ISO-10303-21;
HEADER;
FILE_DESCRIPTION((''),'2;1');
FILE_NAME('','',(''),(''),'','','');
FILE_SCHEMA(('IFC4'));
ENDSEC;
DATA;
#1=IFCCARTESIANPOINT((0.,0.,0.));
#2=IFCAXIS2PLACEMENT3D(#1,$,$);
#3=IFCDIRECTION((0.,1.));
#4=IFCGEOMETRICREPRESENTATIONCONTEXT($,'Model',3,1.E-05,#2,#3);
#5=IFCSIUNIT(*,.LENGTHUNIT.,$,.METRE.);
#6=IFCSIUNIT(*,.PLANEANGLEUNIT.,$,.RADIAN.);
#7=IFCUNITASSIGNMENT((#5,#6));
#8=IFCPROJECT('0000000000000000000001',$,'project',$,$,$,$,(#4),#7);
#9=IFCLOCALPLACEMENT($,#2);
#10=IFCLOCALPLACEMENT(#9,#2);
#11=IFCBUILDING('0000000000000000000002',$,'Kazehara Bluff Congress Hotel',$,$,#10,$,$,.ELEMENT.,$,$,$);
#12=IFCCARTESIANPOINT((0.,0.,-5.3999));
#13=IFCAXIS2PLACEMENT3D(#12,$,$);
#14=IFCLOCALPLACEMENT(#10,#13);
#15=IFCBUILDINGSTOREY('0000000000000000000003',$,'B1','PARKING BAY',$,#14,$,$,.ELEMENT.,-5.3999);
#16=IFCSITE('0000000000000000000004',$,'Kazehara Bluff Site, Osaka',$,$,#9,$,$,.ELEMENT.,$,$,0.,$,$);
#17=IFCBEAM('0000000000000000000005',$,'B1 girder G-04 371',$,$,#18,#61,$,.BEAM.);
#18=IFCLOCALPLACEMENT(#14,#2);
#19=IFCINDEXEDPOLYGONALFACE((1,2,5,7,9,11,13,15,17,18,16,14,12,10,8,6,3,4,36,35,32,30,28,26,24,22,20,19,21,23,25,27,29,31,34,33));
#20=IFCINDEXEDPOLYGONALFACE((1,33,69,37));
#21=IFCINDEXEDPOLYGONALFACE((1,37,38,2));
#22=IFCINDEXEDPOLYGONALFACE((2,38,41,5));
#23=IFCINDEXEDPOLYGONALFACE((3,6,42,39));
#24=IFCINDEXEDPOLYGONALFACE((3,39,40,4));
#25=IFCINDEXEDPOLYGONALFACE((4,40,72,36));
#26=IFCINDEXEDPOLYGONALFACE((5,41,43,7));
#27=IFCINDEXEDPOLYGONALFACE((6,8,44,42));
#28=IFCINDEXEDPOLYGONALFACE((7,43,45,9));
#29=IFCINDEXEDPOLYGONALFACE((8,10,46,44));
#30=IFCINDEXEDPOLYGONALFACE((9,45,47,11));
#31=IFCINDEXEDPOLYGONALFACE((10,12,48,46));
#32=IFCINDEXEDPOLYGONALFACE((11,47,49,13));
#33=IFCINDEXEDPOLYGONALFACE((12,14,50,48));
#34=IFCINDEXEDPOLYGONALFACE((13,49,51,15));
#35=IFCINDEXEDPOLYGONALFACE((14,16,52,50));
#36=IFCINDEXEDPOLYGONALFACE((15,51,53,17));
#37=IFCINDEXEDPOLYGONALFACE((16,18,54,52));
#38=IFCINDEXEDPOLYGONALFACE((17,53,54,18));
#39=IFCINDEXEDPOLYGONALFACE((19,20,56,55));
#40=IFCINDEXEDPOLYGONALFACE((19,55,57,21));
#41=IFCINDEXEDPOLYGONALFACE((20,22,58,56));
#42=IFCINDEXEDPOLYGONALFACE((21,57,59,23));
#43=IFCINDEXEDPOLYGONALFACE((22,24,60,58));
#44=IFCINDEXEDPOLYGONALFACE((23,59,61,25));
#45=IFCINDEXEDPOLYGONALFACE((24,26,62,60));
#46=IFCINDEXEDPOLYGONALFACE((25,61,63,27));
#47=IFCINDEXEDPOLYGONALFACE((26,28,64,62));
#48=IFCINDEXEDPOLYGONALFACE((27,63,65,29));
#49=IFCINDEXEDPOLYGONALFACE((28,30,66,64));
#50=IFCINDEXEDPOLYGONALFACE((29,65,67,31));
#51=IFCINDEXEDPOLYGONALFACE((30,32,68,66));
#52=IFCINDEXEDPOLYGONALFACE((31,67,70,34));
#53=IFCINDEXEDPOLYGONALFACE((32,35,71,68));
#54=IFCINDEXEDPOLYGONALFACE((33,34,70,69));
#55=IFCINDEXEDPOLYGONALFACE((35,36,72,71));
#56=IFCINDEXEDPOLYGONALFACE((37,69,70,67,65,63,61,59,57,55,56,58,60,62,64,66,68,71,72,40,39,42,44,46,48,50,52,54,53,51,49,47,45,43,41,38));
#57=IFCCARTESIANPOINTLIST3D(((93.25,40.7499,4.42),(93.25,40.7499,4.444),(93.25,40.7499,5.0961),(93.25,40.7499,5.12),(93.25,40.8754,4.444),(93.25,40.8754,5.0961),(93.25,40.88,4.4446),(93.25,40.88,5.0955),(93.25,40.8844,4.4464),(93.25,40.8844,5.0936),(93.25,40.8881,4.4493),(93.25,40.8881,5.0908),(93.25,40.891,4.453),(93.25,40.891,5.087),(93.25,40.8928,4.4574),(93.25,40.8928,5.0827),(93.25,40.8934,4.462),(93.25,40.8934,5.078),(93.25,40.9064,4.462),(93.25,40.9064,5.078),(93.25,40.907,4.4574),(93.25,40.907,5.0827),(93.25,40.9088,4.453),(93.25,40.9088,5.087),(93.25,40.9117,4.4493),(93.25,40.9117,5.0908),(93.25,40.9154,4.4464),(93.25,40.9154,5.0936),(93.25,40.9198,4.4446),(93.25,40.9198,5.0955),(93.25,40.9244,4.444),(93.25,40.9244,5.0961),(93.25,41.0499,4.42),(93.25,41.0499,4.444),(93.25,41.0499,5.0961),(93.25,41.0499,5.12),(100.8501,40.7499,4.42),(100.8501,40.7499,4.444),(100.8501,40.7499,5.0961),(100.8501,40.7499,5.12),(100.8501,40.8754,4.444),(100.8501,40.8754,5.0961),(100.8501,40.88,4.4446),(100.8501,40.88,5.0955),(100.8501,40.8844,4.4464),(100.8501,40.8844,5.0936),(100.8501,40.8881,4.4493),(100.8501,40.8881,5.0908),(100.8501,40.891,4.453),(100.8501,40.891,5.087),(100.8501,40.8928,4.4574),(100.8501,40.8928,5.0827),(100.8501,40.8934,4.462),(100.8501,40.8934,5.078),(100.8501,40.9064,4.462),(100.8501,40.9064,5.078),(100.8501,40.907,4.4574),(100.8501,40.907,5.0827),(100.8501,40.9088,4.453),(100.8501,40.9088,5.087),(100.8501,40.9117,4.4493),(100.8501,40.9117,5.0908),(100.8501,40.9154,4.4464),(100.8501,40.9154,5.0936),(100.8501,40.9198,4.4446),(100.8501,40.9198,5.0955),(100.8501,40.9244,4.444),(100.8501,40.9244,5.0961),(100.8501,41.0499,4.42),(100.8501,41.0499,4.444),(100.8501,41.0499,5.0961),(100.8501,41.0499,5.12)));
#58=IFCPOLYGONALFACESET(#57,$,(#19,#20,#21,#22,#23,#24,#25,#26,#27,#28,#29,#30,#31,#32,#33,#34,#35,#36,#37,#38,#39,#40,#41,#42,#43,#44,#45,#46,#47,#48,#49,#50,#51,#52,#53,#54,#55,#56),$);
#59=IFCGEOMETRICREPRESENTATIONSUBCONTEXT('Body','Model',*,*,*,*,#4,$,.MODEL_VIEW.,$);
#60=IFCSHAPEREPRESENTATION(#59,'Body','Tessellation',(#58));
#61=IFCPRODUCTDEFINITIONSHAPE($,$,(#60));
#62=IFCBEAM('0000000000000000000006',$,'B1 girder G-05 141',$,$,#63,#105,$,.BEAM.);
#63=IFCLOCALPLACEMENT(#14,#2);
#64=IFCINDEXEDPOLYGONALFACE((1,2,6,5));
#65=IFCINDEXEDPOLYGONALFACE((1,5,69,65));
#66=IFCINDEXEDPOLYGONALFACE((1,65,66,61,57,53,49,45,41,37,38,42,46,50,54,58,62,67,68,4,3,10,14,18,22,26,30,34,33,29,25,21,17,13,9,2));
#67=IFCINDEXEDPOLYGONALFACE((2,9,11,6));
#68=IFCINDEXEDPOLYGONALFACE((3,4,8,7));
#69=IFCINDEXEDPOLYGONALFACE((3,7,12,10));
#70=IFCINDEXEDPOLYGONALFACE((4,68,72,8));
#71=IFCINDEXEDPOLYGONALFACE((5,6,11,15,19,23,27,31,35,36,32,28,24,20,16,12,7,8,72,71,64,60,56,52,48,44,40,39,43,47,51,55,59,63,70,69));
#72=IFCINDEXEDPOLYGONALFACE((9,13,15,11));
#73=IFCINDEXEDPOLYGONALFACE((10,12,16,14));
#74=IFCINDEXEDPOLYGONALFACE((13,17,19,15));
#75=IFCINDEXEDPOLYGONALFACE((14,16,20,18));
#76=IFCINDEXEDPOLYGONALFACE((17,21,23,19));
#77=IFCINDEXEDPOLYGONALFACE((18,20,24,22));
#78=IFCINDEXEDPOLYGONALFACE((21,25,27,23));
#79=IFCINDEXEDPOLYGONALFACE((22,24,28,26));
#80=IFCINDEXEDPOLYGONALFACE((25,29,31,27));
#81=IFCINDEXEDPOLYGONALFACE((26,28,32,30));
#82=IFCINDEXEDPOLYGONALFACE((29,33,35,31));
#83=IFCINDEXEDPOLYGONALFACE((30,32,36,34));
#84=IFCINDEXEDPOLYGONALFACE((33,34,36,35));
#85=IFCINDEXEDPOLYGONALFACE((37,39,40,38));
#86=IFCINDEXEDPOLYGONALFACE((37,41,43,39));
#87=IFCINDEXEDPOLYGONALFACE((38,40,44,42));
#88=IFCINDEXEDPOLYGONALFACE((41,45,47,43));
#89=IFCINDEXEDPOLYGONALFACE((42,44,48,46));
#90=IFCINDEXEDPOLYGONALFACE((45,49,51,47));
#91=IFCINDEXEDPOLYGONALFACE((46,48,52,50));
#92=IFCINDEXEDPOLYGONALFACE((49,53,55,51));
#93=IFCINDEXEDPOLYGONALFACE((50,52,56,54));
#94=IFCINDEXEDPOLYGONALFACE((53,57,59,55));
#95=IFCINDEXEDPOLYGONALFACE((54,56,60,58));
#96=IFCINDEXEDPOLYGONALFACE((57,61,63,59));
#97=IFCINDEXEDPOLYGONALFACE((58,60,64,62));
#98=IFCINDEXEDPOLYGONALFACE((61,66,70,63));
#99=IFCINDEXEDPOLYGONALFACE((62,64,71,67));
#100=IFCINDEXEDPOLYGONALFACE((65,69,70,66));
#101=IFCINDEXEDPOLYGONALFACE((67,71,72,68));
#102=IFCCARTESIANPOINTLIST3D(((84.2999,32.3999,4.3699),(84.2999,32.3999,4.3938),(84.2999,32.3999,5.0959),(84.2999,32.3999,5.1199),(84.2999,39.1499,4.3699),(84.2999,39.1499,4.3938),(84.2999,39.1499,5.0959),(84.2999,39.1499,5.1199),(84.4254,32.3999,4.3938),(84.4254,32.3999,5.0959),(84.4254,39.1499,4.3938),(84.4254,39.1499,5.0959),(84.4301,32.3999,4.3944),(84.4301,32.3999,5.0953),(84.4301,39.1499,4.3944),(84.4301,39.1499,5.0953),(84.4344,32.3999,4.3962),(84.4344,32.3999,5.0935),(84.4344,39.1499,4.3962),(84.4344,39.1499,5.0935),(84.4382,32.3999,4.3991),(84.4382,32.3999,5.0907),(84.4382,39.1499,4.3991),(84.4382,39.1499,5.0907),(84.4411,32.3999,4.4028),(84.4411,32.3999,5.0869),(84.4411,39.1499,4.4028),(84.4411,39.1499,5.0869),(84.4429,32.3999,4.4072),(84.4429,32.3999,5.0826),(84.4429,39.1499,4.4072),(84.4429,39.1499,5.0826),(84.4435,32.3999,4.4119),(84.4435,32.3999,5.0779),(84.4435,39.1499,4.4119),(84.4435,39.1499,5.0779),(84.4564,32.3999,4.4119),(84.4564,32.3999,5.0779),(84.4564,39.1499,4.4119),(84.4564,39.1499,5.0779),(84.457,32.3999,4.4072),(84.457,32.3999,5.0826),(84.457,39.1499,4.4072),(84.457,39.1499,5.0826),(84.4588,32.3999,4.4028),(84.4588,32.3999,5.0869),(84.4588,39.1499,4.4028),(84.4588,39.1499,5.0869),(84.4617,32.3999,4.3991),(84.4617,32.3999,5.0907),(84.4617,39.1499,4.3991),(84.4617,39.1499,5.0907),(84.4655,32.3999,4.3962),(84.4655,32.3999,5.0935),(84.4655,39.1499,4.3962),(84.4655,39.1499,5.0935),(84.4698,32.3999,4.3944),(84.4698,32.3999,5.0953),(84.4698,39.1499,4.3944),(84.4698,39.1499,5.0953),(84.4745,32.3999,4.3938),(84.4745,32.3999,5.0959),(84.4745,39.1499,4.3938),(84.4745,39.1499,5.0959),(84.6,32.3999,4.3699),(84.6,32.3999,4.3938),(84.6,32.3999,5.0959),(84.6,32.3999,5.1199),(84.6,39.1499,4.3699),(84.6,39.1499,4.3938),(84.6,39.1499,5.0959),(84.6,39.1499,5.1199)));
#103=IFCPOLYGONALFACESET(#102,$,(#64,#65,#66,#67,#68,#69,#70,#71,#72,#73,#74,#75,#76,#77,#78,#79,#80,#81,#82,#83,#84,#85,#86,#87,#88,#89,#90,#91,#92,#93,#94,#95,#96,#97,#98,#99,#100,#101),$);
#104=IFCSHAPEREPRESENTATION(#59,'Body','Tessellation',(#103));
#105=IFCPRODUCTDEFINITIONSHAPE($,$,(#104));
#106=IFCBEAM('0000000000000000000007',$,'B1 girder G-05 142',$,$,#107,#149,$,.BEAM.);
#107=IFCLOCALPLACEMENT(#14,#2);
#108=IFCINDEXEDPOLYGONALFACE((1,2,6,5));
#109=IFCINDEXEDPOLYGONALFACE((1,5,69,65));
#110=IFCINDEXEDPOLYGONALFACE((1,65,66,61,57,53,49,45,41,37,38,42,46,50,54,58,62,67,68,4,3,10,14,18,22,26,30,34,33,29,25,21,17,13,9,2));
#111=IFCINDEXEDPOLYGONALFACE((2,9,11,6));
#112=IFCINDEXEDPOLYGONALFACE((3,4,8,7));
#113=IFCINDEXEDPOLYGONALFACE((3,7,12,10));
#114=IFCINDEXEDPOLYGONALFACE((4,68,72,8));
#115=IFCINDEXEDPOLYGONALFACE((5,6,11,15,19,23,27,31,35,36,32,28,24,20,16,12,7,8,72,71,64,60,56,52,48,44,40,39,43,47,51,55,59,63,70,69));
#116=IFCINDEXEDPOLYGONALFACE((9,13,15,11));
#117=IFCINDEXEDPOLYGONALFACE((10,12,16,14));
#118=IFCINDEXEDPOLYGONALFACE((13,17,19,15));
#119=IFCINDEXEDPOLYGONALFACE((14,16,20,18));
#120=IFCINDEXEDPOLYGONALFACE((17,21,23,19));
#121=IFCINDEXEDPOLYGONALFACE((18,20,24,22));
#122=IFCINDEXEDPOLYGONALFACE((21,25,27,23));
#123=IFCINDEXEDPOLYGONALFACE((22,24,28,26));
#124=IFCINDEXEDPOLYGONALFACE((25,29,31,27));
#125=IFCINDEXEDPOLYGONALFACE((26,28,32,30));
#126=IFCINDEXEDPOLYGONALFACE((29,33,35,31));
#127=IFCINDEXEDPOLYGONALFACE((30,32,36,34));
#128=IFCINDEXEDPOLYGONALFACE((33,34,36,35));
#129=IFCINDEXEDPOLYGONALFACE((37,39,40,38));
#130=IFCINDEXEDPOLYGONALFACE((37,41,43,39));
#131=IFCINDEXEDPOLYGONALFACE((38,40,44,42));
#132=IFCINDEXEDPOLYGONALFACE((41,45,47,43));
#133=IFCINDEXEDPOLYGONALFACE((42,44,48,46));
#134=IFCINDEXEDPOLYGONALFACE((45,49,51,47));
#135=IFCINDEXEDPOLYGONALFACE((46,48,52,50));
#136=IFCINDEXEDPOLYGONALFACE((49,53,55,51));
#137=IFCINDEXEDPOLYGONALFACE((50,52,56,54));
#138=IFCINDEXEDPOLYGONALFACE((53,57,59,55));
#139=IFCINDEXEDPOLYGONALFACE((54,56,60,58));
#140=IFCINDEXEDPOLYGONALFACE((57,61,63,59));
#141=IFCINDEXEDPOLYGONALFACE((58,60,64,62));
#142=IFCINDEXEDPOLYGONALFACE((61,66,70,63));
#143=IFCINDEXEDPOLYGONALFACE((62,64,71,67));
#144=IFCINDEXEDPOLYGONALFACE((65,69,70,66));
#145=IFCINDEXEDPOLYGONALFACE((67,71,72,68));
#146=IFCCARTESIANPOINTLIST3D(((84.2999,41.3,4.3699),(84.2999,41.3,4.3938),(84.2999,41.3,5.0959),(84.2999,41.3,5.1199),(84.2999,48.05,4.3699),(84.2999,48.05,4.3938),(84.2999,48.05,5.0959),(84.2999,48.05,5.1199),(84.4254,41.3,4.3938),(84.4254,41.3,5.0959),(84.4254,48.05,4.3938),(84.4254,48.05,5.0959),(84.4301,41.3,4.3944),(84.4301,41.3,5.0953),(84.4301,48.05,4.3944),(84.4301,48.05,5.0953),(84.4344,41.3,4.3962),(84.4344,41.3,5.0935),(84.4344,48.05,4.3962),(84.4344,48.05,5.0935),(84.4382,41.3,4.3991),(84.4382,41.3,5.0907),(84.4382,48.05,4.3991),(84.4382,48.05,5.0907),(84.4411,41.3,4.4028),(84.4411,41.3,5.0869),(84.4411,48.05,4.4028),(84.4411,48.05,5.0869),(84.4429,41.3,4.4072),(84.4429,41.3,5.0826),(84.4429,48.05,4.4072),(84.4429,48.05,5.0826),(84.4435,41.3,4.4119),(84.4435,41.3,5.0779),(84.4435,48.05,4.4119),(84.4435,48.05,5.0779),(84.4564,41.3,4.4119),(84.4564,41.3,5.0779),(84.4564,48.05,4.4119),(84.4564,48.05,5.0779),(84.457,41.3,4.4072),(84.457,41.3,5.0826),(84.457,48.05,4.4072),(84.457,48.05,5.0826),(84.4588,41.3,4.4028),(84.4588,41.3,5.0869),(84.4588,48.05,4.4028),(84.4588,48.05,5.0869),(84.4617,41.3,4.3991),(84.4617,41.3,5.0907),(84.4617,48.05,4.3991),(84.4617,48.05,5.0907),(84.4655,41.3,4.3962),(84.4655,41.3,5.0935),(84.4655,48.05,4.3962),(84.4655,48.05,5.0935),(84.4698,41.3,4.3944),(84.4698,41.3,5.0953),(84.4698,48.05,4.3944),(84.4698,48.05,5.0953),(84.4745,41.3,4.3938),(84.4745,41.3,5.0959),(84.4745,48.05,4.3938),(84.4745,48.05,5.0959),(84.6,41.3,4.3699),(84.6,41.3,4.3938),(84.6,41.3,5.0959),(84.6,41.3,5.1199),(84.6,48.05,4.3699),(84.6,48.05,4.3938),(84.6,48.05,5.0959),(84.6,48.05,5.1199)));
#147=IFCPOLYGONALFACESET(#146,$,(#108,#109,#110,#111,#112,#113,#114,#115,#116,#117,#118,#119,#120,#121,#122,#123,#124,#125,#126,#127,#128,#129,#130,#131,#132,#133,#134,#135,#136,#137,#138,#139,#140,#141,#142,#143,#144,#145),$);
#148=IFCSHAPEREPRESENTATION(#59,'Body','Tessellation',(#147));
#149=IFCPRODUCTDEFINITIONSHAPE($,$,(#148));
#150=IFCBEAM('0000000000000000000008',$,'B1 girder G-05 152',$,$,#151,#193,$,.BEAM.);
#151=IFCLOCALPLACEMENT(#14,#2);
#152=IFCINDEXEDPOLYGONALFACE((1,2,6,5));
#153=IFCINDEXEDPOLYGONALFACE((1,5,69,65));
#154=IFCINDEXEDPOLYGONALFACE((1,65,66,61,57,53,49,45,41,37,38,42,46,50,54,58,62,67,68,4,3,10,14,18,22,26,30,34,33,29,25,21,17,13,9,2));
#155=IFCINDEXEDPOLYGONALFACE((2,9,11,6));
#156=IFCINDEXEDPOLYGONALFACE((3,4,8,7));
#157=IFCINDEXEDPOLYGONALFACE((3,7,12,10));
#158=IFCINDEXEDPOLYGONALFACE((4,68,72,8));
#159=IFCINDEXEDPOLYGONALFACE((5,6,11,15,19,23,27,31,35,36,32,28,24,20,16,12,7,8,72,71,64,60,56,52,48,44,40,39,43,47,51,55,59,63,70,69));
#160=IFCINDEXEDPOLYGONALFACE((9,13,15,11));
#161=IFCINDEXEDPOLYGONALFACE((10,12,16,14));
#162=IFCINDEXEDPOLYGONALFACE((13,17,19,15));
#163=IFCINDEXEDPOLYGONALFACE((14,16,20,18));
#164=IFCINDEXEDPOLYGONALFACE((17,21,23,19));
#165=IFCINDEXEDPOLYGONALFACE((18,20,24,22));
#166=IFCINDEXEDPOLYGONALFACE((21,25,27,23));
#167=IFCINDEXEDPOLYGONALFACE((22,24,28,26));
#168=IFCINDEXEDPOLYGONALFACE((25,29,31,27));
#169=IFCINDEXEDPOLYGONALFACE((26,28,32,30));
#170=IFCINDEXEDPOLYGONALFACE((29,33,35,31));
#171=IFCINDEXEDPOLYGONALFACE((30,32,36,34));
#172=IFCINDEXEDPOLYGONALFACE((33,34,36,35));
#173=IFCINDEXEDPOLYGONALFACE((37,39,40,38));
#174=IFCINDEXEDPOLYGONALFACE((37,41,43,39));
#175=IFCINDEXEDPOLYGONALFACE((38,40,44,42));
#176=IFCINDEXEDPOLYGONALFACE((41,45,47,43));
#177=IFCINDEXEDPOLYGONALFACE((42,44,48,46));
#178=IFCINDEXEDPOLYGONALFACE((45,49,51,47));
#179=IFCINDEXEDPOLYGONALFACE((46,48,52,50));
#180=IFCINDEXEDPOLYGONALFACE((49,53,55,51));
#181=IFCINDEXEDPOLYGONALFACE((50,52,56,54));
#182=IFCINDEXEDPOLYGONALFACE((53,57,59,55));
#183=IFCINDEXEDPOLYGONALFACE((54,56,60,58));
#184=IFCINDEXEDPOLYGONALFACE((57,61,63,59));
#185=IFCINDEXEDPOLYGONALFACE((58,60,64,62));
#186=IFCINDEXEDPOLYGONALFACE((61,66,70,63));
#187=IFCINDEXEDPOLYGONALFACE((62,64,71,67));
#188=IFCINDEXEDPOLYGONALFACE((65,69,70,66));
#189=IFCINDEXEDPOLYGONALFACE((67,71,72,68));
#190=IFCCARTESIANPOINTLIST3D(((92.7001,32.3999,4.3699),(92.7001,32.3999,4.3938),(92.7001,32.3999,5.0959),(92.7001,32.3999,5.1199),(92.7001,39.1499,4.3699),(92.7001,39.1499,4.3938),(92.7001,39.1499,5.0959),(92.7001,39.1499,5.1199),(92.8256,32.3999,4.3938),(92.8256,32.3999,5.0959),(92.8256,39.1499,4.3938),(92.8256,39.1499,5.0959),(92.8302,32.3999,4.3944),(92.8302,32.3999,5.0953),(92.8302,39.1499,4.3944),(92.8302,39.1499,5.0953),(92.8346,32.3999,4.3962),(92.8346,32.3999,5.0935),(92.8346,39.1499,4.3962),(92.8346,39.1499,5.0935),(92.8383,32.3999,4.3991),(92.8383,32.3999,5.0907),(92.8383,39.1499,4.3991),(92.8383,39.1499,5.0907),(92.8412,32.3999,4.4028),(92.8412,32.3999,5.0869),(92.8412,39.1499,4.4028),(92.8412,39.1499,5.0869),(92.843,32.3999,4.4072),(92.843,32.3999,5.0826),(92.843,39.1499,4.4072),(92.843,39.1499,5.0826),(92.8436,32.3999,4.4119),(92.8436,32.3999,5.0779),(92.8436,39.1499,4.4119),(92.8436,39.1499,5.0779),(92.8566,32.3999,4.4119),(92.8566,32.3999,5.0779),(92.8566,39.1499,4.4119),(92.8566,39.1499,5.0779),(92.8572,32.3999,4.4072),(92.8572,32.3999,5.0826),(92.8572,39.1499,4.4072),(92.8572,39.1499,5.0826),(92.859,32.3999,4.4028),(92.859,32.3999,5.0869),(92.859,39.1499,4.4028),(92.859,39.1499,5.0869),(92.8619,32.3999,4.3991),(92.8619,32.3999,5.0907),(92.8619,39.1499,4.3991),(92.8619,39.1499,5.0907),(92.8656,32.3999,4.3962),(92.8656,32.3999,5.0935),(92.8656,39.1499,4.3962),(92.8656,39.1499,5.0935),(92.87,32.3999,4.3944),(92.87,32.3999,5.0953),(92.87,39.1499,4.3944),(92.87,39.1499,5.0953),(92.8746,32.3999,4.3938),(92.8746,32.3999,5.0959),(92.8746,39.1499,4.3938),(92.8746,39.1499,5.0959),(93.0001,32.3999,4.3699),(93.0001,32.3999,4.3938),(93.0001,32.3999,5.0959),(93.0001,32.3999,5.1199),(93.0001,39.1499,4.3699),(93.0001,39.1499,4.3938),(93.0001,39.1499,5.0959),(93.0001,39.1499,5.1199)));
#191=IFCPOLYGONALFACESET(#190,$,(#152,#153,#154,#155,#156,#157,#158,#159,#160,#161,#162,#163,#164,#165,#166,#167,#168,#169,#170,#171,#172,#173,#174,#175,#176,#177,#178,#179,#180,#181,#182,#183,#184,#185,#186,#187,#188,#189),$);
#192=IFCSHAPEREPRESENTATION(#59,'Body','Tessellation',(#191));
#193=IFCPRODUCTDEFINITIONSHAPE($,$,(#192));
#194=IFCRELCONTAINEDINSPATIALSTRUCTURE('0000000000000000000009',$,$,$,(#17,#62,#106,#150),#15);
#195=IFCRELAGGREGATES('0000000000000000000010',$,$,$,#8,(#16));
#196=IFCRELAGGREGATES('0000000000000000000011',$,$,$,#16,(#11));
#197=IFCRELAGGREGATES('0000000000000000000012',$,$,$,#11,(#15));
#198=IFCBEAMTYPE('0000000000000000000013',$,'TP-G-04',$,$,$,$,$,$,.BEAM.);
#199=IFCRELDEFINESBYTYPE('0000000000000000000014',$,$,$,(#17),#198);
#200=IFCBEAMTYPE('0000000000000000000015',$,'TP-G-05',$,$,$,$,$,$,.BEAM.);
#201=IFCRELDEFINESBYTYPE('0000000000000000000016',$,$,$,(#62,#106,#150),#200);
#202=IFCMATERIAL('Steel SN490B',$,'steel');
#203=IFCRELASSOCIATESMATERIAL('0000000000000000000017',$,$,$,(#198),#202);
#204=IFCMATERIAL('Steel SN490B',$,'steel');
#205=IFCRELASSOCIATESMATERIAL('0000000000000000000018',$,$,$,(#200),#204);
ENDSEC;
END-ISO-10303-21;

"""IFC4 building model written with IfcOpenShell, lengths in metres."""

from ifc_helpers import new_model, si_unit, direction, frame, origin, origin_2d, place, context, subcontext, project, spatial, i_section, extrude, material, material_profile, profile_set, type_object, element, save


model = new_model("IFC4")

# Units and contexts
model_context = context("Model", 3, precision=1e-05, world=origin(), true_north=direction((0.0, 1.0)))
body_context = subcontext(model_context, "Body", "Model", "MODEL_VIEW")
ifc_project = project(units=[si_unit("LENGTHUNIT", "METRE"), si_unit("PLANEANGLEUNIT", "RADIAN")], contexts=[model_context])

# Site, building, storey
site_placement = place(None, origin())
site = spatial("IfcSite", under=ifc_project, at=site_placement, Name="Kazehara Bluff Site, Osaka", CompositionType="ELEMENT", RefElevation=0.0)
building_placement = place(site_placement, origin())
building = spatial("IfcBuilding", under=site, at=building_placement, Name="Kazehara Bluff Congress Hotel", CompositionType="ELEMENT")
storey_placement = place(building_placement, frame((0.0, 0.0, -5.3999)))
storey = spatial("IfcBuildingStorey", under=building, at=storey_placement, Name="B1", Description="PARKING BAY", CompositionType="ELEMENT", Elevation=-5.3999)

# Beams
ifc_material_1 = material(Name="Steel SN490B", Category="steel")
ifc_material_profile_1 = material_profile(ifc_material_1, i_section(OverallWidth=0.3, OverallDepth=0.7, WebThickness=0.0129, FlangeThickness=0.0239, FilletRadius=0.0181, at=origin_2d()))
ifc_profile_set_1 = profile_set([ifc_material_profile_1], Name="Steel SN490B")
beam_type_1 = type_object("IfcBeamType", Name="TP-G-04", PredefinedType="BEAM", material=ifc_profile_set_1)
beam_1_placement = place(storey_placement, frame((93.25, 40.8999, 4.77), z_axis=(1.0, 0.0, 0.0), x_axis=(0.0, 1.0, 0.0)))
element("IfcBeam", 1, at=beam_1_placement, inside=storey, type_object=beam_type_1, Name="B1 girder G-04 371", PredefinedType="BEAM", context=body_context, shape_type="SweptSolid", body=[
    extrude(i_section(OverallWidth=0.3, OverallDepth=0.7, WebThickness=0.0129, FlangeThickness=0.0239, FilletRadius=0.0181, at=origin_2d()), origin(), (0.0, 0.0, 1.0), 7.6001),
])
ifc_material_2 = material(Name="Steel SN490B", Category="steel")
ifc_material_profile_2 = material_profile(ifc_material_2, i_section(OverallWidth=0.3, OverallDepth=0.75, WebThickness=0.0129, FlangeThickness=0.0239, FilletRadius=0.0181, at=origin_2d()))
ifc_profile_set_2 = profile_set([ifc_material_profile_2], Name="Steel SN490B")
beam_type_2 = type_object("IfcBeamType", Name="TP-G-05", PredefinedType="BEAM", material=ifc_profile_set_2)
for number, where, z_axis, x_axis, name in (
    (2, (84.45, 32.3999, 4.7449), (0.0, 1.0, 0.0), (-1.0, 0.0, 0.0), "B1 girder G-05 141"),
    (3, (84.45, 41.3, 4.7449), (0.0, 1.0, 0.0), (-1.0, 0.0, 0.0), "B1 girder G-05 142"),
    (4, (92.8501, 32.3999, 4.7449), (0.0, 1.0, 0.0), (-1.0, 0.0, 0.0), "B1 girder G-05 152"),
):
    element("IfcBeam", number, at=place(storey_placement, frame(where, z_axis=z_axis, x_axis=x_axis)), inside=storey, type_object=beam_type_2, Name=name, PredefinedType="BEAM", context=body_context, shape_type="SweptSolid", body=[
        extrude(i_section(OverallWidth=0.3, OverallDepth=0.75, WebThickness=0.0129, FlangeThickness=0.0239, FilletRadius=0.0181, at=origin_2d()), origin(), (0.0, 0.0, 1.0), 6.75),
    ])

save(model, "model.ifc")
